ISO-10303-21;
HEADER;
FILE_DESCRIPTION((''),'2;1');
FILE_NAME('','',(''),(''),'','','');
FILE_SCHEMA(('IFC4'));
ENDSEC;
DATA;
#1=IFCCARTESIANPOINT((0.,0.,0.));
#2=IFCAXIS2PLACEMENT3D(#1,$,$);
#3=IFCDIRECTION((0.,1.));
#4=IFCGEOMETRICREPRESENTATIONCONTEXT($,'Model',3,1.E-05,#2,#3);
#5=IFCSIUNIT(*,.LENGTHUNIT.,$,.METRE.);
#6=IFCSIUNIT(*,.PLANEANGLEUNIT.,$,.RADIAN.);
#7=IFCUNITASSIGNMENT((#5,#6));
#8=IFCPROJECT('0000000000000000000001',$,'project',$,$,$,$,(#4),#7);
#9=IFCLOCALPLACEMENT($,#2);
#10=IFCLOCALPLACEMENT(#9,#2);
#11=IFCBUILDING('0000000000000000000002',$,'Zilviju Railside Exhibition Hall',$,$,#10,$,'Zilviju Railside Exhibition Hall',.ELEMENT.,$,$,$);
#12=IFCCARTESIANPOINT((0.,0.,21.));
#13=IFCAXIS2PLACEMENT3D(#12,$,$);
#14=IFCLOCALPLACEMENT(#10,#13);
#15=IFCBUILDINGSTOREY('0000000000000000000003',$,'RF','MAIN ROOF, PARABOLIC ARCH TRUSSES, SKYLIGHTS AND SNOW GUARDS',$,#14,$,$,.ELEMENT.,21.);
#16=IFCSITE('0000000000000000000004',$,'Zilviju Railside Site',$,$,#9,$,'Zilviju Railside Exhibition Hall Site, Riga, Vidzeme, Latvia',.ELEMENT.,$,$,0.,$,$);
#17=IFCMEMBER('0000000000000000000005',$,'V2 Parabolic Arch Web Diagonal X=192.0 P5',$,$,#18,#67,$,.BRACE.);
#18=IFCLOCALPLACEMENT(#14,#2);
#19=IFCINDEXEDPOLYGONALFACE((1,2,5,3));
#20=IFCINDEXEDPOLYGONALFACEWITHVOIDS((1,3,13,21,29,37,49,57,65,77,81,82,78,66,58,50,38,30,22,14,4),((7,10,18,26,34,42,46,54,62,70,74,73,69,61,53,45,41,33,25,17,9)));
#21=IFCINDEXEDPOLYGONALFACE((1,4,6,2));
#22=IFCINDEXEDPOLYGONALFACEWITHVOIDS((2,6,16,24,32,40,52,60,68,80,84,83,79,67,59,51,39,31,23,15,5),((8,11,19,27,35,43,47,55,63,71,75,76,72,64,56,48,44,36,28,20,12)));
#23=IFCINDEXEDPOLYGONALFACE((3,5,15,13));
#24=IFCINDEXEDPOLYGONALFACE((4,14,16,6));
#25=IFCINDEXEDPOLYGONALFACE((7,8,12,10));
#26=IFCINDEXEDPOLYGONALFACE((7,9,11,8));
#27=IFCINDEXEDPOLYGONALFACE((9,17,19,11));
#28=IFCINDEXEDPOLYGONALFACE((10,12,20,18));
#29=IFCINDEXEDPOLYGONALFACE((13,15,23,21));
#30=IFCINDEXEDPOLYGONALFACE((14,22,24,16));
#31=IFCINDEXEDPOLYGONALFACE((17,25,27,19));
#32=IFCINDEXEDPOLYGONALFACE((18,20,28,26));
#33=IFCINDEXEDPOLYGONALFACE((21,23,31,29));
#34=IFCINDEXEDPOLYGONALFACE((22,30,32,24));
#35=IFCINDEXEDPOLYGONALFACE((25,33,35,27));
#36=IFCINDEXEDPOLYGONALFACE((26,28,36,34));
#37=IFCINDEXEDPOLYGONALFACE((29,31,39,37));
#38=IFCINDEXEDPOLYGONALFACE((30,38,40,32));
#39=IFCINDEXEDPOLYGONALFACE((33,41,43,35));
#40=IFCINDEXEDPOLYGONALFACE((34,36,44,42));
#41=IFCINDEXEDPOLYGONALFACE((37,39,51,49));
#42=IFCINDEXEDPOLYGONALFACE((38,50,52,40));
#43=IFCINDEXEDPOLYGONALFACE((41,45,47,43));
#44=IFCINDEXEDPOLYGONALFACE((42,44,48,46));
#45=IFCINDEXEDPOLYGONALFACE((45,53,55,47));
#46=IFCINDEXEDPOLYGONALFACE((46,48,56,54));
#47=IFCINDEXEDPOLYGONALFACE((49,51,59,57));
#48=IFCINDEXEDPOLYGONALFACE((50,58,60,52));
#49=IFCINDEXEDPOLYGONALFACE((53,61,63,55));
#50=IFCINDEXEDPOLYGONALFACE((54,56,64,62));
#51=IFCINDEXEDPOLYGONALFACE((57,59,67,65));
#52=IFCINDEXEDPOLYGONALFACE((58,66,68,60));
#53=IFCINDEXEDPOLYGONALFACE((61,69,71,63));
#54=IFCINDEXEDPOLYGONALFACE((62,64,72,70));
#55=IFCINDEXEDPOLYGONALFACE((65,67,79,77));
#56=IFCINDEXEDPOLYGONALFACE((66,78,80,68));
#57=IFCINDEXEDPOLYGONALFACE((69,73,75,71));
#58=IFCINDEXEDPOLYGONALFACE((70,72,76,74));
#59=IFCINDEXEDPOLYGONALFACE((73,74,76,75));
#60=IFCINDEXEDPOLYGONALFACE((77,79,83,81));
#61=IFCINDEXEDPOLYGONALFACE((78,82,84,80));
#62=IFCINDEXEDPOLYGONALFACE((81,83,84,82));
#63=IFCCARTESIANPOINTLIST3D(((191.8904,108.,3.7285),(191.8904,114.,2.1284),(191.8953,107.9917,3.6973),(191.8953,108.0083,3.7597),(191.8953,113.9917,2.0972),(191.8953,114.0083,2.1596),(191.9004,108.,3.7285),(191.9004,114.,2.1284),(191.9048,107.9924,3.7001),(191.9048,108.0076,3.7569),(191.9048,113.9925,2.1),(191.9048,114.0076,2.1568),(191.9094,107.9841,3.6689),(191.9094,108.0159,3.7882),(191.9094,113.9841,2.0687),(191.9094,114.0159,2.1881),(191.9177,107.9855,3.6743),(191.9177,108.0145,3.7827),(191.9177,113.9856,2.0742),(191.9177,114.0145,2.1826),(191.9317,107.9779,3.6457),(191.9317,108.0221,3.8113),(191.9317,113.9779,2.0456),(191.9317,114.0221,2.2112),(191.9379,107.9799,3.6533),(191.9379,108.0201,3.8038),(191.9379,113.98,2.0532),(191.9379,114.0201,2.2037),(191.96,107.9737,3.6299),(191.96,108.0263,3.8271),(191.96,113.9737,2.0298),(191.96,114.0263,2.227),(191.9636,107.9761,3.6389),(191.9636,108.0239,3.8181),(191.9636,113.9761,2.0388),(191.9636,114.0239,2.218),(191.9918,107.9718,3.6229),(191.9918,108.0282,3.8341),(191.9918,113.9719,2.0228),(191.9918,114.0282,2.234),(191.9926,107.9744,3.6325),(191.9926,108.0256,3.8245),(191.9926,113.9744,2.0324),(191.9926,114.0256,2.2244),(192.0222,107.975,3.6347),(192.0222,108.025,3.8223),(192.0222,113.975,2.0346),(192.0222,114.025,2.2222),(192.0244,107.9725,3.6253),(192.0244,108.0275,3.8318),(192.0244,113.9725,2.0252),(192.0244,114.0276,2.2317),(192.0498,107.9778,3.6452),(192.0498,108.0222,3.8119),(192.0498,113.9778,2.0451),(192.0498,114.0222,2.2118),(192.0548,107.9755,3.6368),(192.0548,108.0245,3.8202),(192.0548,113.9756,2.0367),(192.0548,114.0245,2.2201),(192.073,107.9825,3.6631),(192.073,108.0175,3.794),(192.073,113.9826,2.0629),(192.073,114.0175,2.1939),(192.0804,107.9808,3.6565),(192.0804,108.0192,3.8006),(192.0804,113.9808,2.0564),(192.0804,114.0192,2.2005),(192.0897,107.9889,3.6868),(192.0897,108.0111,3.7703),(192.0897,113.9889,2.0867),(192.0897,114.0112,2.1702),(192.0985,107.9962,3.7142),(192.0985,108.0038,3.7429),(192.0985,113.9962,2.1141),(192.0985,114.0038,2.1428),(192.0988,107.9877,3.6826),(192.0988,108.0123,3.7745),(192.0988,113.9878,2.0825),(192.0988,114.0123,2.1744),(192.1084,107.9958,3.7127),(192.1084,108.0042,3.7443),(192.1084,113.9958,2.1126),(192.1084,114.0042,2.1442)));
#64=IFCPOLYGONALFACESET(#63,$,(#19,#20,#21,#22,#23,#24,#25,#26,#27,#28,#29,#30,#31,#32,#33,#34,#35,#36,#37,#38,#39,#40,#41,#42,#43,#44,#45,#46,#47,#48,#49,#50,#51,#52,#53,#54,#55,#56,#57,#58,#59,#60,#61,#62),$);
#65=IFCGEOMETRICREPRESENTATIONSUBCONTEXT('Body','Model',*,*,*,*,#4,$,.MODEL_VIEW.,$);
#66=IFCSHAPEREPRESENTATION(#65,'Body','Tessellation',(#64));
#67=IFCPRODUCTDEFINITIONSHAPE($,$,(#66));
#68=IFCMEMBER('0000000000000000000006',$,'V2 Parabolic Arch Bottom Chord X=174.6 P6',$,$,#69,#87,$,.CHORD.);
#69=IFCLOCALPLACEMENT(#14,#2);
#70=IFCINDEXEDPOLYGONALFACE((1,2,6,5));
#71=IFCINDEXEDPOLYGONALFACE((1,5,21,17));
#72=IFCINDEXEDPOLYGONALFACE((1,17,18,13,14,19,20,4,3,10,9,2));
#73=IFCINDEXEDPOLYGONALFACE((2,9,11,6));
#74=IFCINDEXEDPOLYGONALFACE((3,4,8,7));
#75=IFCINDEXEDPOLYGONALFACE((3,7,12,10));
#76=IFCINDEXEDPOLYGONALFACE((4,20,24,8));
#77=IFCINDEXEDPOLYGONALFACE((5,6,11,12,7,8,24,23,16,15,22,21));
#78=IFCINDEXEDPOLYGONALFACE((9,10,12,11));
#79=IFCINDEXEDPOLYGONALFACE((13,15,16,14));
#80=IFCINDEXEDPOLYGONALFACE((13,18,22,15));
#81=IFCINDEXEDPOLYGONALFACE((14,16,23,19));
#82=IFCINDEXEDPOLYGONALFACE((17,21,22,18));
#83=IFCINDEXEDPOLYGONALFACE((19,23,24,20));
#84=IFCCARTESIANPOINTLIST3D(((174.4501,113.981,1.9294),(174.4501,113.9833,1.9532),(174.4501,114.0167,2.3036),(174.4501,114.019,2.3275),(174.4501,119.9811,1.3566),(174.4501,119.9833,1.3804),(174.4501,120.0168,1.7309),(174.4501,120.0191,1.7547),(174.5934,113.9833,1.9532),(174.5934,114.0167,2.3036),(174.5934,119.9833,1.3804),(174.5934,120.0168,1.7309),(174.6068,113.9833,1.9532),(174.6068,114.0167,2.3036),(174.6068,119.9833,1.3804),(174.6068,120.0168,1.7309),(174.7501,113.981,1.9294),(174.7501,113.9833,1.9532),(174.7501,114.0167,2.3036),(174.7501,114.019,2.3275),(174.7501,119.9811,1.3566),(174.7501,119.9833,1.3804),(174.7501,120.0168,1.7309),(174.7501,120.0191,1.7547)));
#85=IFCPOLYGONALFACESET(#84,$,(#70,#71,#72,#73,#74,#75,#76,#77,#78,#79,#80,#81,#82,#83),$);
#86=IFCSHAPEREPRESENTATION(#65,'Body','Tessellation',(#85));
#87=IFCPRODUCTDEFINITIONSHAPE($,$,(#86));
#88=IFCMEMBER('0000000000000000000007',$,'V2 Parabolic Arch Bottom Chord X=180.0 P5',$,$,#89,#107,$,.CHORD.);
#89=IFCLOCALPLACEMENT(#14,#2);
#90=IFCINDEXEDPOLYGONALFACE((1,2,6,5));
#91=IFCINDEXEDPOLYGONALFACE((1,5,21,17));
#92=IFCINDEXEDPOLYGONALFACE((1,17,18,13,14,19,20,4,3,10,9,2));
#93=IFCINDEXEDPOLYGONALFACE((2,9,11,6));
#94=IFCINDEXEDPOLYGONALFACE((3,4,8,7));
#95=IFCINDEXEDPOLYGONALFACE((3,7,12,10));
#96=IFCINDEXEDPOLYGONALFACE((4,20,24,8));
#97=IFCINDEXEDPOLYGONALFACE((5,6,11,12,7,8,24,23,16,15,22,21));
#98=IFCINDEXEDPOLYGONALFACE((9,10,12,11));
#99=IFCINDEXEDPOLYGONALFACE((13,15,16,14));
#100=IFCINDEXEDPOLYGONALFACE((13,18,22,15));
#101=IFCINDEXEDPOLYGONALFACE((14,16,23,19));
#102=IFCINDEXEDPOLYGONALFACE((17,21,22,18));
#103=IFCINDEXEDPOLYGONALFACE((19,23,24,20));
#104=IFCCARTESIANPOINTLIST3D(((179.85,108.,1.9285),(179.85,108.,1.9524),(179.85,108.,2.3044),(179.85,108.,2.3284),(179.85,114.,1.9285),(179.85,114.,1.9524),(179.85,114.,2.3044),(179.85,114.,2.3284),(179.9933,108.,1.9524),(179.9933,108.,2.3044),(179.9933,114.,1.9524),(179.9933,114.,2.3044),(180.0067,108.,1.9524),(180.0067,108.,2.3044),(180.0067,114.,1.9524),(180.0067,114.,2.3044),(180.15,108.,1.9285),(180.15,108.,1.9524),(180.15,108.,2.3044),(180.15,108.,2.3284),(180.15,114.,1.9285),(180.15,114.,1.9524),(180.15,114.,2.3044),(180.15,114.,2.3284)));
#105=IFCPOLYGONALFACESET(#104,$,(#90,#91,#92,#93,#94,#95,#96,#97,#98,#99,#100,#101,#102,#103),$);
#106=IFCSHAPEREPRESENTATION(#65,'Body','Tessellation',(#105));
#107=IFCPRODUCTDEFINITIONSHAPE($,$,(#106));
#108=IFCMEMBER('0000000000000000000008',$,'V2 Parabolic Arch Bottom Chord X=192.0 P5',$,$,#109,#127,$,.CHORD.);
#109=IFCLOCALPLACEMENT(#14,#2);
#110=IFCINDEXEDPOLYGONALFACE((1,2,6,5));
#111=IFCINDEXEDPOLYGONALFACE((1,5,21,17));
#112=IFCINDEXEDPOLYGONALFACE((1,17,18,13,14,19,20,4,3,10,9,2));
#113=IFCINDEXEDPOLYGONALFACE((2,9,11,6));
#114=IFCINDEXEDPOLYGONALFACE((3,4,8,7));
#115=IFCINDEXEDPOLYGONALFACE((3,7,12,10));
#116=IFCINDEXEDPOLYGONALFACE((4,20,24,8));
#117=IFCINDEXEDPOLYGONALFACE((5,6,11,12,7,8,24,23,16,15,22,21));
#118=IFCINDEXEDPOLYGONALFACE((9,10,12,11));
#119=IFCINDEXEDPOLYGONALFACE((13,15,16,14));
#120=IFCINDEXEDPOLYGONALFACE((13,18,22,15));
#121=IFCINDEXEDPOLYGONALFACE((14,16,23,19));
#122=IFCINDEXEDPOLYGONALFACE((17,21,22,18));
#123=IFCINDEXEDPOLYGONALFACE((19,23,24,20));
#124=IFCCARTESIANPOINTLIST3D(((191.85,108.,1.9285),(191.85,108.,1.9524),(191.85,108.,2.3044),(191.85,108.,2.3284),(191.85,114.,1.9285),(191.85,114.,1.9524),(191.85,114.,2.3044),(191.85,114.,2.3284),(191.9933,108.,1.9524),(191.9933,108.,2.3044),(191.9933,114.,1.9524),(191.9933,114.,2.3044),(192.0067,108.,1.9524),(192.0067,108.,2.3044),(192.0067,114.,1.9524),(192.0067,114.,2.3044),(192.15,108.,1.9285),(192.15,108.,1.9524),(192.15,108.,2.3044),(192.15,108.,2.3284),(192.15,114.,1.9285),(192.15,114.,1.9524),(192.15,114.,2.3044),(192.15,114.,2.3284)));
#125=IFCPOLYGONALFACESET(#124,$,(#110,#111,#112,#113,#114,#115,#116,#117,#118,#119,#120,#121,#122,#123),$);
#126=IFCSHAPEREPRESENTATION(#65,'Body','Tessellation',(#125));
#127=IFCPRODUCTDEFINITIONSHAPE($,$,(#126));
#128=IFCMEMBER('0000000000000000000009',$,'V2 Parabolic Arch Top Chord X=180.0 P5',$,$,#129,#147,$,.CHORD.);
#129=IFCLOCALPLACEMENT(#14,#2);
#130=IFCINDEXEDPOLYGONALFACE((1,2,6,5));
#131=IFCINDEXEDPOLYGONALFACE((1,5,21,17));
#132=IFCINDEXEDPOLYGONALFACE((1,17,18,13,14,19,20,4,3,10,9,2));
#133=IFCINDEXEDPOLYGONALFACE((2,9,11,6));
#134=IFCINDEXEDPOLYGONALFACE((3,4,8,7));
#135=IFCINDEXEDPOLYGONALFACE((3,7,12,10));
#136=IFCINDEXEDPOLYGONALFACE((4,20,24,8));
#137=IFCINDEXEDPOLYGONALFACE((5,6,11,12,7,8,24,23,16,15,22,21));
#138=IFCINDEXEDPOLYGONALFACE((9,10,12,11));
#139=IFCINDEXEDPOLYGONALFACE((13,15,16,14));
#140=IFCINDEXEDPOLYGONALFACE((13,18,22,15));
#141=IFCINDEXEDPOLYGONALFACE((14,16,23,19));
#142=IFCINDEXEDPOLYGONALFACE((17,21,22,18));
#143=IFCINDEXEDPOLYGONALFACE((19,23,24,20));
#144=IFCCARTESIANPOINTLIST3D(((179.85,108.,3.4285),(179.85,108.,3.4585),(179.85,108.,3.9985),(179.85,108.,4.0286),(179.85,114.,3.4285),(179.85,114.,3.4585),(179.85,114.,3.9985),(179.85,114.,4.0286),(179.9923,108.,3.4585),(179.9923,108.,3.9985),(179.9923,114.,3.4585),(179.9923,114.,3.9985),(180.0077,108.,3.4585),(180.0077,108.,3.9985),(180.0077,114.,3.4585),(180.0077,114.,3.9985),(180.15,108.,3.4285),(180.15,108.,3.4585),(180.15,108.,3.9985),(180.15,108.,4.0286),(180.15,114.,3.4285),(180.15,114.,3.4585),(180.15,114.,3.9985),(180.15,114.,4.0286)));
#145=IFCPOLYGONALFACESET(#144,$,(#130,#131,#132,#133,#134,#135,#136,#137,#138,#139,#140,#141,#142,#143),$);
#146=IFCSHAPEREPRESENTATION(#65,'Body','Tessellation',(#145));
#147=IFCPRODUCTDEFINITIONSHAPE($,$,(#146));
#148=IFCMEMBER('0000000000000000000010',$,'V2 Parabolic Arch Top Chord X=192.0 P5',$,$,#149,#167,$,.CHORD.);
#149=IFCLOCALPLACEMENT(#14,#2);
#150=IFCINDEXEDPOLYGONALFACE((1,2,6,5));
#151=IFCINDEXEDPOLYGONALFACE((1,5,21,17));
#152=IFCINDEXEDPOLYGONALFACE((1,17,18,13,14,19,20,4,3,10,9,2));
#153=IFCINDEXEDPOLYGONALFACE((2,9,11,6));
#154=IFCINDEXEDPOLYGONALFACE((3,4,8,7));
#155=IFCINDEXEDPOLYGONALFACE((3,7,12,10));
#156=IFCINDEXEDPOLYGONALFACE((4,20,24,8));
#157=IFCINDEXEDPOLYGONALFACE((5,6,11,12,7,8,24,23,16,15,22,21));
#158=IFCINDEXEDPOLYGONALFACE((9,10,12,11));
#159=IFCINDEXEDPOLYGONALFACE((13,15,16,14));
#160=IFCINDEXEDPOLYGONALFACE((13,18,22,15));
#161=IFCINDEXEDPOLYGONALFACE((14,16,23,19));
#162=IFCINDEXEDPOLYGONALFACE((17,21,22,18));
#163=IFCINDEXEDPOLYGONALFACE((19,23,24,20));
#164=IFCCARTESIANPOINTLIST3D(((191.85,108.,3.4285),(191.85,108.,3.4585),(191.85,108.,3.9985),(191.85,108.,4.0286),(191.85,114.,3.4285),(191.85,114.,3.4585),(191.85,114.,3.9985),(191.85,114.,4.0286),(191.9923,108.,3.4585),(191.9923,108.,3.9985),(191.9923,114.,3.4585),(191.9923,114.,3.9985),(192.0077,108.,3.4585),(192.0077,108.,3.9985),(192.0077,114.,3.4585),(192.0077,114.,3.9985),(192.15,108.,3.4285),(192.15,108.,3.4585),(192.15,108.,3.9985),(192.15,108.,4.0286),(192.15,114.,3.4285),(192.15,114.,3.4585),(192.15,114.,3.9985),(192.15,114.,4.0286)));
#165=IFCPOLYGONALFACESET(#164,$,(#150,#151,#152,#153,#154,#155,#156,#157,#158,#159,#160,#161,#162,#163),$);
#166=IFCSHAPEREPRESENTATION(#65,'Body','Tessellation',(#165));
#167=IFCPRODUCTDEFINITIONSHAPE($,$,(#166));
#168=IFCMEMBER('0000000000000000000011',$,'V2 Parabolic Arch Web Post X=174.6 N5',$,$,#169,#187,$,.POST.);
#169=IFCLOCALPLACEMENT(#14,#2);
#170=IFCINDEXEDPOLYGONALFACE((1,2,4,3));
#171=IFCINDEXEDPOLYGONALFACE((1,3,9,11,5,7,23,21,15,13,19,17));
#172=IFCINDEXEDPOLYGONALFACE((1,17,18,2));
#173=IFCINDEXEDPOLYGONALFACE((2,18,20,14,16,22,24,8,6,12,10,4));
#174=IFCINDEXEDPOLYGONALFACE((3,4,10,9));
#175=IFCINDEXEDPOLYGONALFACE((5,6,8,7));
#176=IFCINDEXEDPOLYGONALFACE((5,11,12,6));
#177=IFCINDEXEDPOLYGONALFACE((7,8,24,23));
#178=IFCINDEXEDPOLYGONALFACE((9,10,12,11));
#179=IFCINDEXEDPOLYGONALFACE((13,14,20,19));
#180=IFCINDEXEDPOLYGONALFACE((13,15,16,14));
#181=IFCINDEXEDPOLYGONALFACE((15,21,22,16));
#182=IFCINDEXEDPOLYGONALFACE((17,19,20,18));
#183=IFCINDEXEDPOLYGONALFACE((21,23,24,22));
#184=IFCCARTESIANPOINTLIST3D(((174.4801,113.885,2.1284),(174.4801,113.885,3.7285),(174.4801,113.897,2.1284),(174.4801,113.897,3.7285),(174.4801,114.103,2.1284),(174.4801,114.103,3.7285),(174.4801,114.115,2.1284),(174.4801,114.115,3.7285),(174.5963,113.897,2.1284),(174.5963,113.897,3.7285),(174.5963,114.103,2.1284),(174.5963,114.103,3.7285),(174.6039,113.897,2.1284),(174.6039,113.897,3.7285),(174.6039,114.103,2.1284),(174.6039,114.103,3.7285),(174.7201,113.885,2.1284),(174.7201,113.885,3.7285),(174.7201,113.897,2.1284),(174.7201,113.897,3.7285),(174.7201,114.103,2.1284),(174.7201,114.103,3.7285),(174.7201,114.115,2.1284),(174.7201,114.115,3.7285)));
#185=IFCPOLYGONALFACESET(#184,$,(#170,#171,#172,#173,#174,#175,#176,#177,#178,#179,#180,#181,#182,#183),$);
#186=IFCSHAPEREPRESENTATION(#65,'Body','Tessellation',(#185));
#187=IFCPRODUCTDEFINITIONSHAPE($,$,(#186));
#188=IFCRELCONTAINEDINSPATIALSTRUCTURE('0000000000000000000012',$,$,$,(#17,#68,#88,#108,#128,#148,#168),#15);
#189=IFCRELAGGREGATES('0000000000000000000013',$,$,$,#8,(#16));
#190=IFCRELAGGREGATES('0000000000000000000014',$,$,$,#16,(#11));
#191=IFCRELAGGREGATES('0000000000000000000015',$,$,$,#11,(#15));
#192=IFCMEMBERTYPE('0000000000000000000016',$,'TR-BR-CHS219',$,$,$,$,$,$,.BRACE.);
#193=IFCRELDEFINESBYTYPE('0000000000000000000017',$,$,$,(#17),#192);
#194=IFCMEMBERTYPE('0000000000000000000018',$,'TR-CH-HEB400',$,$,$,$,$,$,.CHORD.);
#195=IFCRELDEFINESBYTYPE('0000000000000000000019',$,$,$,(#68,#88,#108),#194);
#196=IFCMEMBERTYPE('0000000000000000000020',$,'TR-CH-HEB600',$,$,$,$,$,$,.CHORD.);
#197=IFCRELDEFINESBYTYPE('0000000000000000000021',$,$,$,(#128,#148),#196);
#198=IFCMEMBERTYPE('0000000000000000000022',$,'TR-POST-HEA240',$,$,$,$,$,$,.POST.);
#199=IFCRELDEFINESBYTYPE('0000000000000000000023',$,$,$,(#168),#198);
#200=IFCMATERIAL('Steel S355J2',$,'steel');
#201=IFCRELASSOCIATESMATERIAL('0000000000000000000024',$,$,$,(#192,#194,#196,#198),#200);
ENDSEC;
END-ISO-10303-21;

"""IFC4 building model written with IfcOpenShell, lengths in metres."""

from ifc_helpers import new_model, si_unit, direction, frame, origin, origin_2d, place, context, subcontext, project, spatial, hollow_circle, i_section, extrude, material, material_profile, profile_set, type_object, element, save


model = new_model("IFC4")

# Units and contexts
model_context = context("Model", 3, precision=1e-05, world=origin(), true_north=direction((0.0, 1.0)))
body_context = subcontext(model_context, "Body", "Model", "MODEL_VIEW")
ifc_project = project(units=[si_unit("LENGTHUNIT", "METRE"), si_unit("PLANEANGLEUNIT", "RADIAN")], contexts=[model_context])

# Site, building, storey
site_placement = place(None, origin())
site = spatial("IfcSite", under=ifc_project, at=site_placement, Name="Zilviju Railside Site", LongName="Zilviju Railside Exhibition Hall Site, Riga, Vidzeme, Latvia", CompositionType="ELEMENT", RefElevation=0.0)
building_placement = place(site_placement, origin())
building = spatial("IfcBuilding", under=site, at=building_placement, Name="Zilviju Railside Exhibition Hall", LongName="Zilviju Railside Exhibition Hall", CompositionType="ELEMENT")
storey_placement = place(building_placement, frame((0.0, 0.0, 21.0)))
storey = spatial("IfcBuildingStorey", under=building, at=storey_placement, Name="RF", Description="MAIN ROOF, PARABOLIC ARCH TRUSSES, SKYLIGHTS AND SNOW GUARDS", CompositionType="ELEMENT", Elevation=21.0)

# Members
ifc_material_1 = material(Name="Steel S355J2", Category="steel")
ifc_material_profile_1 = material_profile(ifc_material_1, hollow_circle(Radius=0.1096, WallThickness=0.01, at=origin_2d()), Name="CHS 219.1x10.0")
ifc_profile_set_1 = profile_set([ifc_material_profile_1], Name="Steel S355J2")
member_type_1 = type_object("IfcMemberType", Name="TR-BR-CHS219", PredefinedType="BRACE", material=ifc_profile_set_1)
member_1_placement = place(storey_placement, frame((192.0, 108.0, 3.7285), z_axis=(0.0, 0.966231, -0.257677), x_axis=(-1.0, 0.0, 0.0)))
element("IfcMember", 1, at=member_1_placement, inside=storey, type_object=member_type_1, Name="V2 Parabolic Arch Web Diagonal X=192.0 P5", PredefinedType="BRACE", context=body_context, shape_type="SweptSolid", body=[
    extrude(hollow_circle(Radius=0.1096, WallThickness=0.01, at=origin_2d()), origin(), (0.0, 0.0, 1.0), 6.2097),
])
ifc_material_profile_2 = material_profile(ifc_material_1, i_section(OverallWidth=0.3, OverallDepth=0.3999, WebThickness=0.0134, FlangeThickness=0.0239, at=origin_2d()), Name="HEB 400")
ifc_profile_set_2 = profile_set([ifc_material_profile_2], Name="Steel S355J2")
member_type_2 = type_object("IfcMemberType", Name="TR-CH-HEB400", PredefinedType="CHORD", material=ifc_profile_set_2)
member_2_placement = place(storey_placement, frame((174.6001, 114.0, 2.1284), z_axis=(0.0, 0.995475, -0.095027), x_axis=(-1.0, 0.0, 0.0)))
element("IfcMember", 2, at=member_2_placement, inside=storey, type_object=member_type_2, Name="V2 Parabolic Arch Bottom Chord X=174.6 P6", PredefinedType="CHORD", context=body_context, shape_type="SweptSolid", body=[
    extrude(i_section(OverallWidth=0.3, OverallDepth=0.3999, WebThickness=0.0134, FlangeThickness=0.0239, at=origin_2d()), origin(), (0.0, 0.0, 1.0), 6.0273),
])
for number, where, z_axis, x_axis, name in (
    (3, (180.0, 108.0, 2.1284), (0.0, 1.0, 0.0), (-1.0, 0.0, 0.0), "V2 Parabolic Arch Bottom Chord X=180.0 P5"),
    (4, (192.0, 108.0, 2.1284), (0.0, 1.0, 0.0), (-1.0, 0.0, 0.0), "V2 Parabolic Arch Bottom Chord X=192.0 P5"),
):
    element("IfcMember", number, at=place(storey_placement, frame(where, z_axis=z_axis, x_axis=x_axis)), inside=storey, type_object=member_type_2, Name=name, PredefinedType="CHORD", context=body_context, shape_type="SweptSolid", body=[
        extrude(i_section(OverallWidth=0.3, OverallDepth=0.3999, WebThickness=0.0134, FlangeThickness=0.0239, at=origin_2d()), origin(), (0.0, 0.0, 1.0), 6.0),
    ])
ifc_material_profile_3 = material_profile(ifc_material_1, i_section(OverallWidth=0.3, OverallDepth=0.6001, WebThickness=0.0154, FlangeThickness=0.03, at=origin_2d()), Name="HEB 600")
ifc_profile_set_3 = profile_set([ifc_material_profile_3], Name="Steel S355J2")
member_type_3 = type_object("IfcMemberType", Name="TR-CH-HEB600", PredefinedType="CHORD", material=ifc_profile_set_3)
for number, where, z_axis, x_axis, name in (
    (5, (180.0, 108.0, 3.7285), (0.0, 1.0, 0.0), (-1.0, 0.0, 0.0), "V2 Parabolic Arch Top Chord X=180.0 P5"),
    (6, (192.0, 108.0, 3.7285), (0.0, 1.0, 0.0), (-1.0, 0.0, 0.0), "V2 Parabolic Arch Top Chord X=192.0 P5"),
):
    element("IfcMember", number, at=place(storey_placement, frame(where, z_axis=z_axis, x_axis=x_axis)), inside=storey, type_object=member_type_3, Name=name, PredefinedType="CHORD", context=body_context, shape_type="SweptSolid", body=[
        extrude(i_section(OverallWidth=0.3, OverallDepth=0.6001, WebThickness=0.0154, FlangeThickness=0.03, at=origin_2d()), origin(), (0.0, 0.0, 1.0), 6.0),
    ])
ifc_material_profile_4 = material_profile(ifc_material_1, i_section(OverallWidth=0.24, OverallDepth=0.23, WebThickness=0.0076, FlangeThickness=0.012, at=origin_2d()), Name="HEA 240")
ifc_profile_set_4 = profile_set([ifc_material_profile_4], Name="Steel S355J2")
member_type_4 = type_object("IfcMemberType", Name="TR-POST-HEA240", PredefinedType="POST", material=ifc_profile_set_4)
for number, where, z_axis, x_axis, name in (
    (7, (174.6001, 114.0, 2.1284), (0.0, 0.0, 1.0), (1.0, 0.0, 0.0), "V2 Parabolic Arch Web Post X=174.6 N5"),
):
    element("IfcMember", number, at=place(storey_placement, frame(where, z_axis=z_axis, x_axis=x_axis)), inside=storey, type_object=member_type_4, Name=name, PredefinedType="POST", context=body_context, shape_type="SweptSolid", body=[
        extrude(i_section(OverallWidth=0.24, OverallDepth=0.23, WebThickness=0.0076, FlangeThickness=0.012, at=origin_2d()), origin(), (0.0, 0.0, 1.0), 1.6001),
    ])

save(model, "model.ifc")
